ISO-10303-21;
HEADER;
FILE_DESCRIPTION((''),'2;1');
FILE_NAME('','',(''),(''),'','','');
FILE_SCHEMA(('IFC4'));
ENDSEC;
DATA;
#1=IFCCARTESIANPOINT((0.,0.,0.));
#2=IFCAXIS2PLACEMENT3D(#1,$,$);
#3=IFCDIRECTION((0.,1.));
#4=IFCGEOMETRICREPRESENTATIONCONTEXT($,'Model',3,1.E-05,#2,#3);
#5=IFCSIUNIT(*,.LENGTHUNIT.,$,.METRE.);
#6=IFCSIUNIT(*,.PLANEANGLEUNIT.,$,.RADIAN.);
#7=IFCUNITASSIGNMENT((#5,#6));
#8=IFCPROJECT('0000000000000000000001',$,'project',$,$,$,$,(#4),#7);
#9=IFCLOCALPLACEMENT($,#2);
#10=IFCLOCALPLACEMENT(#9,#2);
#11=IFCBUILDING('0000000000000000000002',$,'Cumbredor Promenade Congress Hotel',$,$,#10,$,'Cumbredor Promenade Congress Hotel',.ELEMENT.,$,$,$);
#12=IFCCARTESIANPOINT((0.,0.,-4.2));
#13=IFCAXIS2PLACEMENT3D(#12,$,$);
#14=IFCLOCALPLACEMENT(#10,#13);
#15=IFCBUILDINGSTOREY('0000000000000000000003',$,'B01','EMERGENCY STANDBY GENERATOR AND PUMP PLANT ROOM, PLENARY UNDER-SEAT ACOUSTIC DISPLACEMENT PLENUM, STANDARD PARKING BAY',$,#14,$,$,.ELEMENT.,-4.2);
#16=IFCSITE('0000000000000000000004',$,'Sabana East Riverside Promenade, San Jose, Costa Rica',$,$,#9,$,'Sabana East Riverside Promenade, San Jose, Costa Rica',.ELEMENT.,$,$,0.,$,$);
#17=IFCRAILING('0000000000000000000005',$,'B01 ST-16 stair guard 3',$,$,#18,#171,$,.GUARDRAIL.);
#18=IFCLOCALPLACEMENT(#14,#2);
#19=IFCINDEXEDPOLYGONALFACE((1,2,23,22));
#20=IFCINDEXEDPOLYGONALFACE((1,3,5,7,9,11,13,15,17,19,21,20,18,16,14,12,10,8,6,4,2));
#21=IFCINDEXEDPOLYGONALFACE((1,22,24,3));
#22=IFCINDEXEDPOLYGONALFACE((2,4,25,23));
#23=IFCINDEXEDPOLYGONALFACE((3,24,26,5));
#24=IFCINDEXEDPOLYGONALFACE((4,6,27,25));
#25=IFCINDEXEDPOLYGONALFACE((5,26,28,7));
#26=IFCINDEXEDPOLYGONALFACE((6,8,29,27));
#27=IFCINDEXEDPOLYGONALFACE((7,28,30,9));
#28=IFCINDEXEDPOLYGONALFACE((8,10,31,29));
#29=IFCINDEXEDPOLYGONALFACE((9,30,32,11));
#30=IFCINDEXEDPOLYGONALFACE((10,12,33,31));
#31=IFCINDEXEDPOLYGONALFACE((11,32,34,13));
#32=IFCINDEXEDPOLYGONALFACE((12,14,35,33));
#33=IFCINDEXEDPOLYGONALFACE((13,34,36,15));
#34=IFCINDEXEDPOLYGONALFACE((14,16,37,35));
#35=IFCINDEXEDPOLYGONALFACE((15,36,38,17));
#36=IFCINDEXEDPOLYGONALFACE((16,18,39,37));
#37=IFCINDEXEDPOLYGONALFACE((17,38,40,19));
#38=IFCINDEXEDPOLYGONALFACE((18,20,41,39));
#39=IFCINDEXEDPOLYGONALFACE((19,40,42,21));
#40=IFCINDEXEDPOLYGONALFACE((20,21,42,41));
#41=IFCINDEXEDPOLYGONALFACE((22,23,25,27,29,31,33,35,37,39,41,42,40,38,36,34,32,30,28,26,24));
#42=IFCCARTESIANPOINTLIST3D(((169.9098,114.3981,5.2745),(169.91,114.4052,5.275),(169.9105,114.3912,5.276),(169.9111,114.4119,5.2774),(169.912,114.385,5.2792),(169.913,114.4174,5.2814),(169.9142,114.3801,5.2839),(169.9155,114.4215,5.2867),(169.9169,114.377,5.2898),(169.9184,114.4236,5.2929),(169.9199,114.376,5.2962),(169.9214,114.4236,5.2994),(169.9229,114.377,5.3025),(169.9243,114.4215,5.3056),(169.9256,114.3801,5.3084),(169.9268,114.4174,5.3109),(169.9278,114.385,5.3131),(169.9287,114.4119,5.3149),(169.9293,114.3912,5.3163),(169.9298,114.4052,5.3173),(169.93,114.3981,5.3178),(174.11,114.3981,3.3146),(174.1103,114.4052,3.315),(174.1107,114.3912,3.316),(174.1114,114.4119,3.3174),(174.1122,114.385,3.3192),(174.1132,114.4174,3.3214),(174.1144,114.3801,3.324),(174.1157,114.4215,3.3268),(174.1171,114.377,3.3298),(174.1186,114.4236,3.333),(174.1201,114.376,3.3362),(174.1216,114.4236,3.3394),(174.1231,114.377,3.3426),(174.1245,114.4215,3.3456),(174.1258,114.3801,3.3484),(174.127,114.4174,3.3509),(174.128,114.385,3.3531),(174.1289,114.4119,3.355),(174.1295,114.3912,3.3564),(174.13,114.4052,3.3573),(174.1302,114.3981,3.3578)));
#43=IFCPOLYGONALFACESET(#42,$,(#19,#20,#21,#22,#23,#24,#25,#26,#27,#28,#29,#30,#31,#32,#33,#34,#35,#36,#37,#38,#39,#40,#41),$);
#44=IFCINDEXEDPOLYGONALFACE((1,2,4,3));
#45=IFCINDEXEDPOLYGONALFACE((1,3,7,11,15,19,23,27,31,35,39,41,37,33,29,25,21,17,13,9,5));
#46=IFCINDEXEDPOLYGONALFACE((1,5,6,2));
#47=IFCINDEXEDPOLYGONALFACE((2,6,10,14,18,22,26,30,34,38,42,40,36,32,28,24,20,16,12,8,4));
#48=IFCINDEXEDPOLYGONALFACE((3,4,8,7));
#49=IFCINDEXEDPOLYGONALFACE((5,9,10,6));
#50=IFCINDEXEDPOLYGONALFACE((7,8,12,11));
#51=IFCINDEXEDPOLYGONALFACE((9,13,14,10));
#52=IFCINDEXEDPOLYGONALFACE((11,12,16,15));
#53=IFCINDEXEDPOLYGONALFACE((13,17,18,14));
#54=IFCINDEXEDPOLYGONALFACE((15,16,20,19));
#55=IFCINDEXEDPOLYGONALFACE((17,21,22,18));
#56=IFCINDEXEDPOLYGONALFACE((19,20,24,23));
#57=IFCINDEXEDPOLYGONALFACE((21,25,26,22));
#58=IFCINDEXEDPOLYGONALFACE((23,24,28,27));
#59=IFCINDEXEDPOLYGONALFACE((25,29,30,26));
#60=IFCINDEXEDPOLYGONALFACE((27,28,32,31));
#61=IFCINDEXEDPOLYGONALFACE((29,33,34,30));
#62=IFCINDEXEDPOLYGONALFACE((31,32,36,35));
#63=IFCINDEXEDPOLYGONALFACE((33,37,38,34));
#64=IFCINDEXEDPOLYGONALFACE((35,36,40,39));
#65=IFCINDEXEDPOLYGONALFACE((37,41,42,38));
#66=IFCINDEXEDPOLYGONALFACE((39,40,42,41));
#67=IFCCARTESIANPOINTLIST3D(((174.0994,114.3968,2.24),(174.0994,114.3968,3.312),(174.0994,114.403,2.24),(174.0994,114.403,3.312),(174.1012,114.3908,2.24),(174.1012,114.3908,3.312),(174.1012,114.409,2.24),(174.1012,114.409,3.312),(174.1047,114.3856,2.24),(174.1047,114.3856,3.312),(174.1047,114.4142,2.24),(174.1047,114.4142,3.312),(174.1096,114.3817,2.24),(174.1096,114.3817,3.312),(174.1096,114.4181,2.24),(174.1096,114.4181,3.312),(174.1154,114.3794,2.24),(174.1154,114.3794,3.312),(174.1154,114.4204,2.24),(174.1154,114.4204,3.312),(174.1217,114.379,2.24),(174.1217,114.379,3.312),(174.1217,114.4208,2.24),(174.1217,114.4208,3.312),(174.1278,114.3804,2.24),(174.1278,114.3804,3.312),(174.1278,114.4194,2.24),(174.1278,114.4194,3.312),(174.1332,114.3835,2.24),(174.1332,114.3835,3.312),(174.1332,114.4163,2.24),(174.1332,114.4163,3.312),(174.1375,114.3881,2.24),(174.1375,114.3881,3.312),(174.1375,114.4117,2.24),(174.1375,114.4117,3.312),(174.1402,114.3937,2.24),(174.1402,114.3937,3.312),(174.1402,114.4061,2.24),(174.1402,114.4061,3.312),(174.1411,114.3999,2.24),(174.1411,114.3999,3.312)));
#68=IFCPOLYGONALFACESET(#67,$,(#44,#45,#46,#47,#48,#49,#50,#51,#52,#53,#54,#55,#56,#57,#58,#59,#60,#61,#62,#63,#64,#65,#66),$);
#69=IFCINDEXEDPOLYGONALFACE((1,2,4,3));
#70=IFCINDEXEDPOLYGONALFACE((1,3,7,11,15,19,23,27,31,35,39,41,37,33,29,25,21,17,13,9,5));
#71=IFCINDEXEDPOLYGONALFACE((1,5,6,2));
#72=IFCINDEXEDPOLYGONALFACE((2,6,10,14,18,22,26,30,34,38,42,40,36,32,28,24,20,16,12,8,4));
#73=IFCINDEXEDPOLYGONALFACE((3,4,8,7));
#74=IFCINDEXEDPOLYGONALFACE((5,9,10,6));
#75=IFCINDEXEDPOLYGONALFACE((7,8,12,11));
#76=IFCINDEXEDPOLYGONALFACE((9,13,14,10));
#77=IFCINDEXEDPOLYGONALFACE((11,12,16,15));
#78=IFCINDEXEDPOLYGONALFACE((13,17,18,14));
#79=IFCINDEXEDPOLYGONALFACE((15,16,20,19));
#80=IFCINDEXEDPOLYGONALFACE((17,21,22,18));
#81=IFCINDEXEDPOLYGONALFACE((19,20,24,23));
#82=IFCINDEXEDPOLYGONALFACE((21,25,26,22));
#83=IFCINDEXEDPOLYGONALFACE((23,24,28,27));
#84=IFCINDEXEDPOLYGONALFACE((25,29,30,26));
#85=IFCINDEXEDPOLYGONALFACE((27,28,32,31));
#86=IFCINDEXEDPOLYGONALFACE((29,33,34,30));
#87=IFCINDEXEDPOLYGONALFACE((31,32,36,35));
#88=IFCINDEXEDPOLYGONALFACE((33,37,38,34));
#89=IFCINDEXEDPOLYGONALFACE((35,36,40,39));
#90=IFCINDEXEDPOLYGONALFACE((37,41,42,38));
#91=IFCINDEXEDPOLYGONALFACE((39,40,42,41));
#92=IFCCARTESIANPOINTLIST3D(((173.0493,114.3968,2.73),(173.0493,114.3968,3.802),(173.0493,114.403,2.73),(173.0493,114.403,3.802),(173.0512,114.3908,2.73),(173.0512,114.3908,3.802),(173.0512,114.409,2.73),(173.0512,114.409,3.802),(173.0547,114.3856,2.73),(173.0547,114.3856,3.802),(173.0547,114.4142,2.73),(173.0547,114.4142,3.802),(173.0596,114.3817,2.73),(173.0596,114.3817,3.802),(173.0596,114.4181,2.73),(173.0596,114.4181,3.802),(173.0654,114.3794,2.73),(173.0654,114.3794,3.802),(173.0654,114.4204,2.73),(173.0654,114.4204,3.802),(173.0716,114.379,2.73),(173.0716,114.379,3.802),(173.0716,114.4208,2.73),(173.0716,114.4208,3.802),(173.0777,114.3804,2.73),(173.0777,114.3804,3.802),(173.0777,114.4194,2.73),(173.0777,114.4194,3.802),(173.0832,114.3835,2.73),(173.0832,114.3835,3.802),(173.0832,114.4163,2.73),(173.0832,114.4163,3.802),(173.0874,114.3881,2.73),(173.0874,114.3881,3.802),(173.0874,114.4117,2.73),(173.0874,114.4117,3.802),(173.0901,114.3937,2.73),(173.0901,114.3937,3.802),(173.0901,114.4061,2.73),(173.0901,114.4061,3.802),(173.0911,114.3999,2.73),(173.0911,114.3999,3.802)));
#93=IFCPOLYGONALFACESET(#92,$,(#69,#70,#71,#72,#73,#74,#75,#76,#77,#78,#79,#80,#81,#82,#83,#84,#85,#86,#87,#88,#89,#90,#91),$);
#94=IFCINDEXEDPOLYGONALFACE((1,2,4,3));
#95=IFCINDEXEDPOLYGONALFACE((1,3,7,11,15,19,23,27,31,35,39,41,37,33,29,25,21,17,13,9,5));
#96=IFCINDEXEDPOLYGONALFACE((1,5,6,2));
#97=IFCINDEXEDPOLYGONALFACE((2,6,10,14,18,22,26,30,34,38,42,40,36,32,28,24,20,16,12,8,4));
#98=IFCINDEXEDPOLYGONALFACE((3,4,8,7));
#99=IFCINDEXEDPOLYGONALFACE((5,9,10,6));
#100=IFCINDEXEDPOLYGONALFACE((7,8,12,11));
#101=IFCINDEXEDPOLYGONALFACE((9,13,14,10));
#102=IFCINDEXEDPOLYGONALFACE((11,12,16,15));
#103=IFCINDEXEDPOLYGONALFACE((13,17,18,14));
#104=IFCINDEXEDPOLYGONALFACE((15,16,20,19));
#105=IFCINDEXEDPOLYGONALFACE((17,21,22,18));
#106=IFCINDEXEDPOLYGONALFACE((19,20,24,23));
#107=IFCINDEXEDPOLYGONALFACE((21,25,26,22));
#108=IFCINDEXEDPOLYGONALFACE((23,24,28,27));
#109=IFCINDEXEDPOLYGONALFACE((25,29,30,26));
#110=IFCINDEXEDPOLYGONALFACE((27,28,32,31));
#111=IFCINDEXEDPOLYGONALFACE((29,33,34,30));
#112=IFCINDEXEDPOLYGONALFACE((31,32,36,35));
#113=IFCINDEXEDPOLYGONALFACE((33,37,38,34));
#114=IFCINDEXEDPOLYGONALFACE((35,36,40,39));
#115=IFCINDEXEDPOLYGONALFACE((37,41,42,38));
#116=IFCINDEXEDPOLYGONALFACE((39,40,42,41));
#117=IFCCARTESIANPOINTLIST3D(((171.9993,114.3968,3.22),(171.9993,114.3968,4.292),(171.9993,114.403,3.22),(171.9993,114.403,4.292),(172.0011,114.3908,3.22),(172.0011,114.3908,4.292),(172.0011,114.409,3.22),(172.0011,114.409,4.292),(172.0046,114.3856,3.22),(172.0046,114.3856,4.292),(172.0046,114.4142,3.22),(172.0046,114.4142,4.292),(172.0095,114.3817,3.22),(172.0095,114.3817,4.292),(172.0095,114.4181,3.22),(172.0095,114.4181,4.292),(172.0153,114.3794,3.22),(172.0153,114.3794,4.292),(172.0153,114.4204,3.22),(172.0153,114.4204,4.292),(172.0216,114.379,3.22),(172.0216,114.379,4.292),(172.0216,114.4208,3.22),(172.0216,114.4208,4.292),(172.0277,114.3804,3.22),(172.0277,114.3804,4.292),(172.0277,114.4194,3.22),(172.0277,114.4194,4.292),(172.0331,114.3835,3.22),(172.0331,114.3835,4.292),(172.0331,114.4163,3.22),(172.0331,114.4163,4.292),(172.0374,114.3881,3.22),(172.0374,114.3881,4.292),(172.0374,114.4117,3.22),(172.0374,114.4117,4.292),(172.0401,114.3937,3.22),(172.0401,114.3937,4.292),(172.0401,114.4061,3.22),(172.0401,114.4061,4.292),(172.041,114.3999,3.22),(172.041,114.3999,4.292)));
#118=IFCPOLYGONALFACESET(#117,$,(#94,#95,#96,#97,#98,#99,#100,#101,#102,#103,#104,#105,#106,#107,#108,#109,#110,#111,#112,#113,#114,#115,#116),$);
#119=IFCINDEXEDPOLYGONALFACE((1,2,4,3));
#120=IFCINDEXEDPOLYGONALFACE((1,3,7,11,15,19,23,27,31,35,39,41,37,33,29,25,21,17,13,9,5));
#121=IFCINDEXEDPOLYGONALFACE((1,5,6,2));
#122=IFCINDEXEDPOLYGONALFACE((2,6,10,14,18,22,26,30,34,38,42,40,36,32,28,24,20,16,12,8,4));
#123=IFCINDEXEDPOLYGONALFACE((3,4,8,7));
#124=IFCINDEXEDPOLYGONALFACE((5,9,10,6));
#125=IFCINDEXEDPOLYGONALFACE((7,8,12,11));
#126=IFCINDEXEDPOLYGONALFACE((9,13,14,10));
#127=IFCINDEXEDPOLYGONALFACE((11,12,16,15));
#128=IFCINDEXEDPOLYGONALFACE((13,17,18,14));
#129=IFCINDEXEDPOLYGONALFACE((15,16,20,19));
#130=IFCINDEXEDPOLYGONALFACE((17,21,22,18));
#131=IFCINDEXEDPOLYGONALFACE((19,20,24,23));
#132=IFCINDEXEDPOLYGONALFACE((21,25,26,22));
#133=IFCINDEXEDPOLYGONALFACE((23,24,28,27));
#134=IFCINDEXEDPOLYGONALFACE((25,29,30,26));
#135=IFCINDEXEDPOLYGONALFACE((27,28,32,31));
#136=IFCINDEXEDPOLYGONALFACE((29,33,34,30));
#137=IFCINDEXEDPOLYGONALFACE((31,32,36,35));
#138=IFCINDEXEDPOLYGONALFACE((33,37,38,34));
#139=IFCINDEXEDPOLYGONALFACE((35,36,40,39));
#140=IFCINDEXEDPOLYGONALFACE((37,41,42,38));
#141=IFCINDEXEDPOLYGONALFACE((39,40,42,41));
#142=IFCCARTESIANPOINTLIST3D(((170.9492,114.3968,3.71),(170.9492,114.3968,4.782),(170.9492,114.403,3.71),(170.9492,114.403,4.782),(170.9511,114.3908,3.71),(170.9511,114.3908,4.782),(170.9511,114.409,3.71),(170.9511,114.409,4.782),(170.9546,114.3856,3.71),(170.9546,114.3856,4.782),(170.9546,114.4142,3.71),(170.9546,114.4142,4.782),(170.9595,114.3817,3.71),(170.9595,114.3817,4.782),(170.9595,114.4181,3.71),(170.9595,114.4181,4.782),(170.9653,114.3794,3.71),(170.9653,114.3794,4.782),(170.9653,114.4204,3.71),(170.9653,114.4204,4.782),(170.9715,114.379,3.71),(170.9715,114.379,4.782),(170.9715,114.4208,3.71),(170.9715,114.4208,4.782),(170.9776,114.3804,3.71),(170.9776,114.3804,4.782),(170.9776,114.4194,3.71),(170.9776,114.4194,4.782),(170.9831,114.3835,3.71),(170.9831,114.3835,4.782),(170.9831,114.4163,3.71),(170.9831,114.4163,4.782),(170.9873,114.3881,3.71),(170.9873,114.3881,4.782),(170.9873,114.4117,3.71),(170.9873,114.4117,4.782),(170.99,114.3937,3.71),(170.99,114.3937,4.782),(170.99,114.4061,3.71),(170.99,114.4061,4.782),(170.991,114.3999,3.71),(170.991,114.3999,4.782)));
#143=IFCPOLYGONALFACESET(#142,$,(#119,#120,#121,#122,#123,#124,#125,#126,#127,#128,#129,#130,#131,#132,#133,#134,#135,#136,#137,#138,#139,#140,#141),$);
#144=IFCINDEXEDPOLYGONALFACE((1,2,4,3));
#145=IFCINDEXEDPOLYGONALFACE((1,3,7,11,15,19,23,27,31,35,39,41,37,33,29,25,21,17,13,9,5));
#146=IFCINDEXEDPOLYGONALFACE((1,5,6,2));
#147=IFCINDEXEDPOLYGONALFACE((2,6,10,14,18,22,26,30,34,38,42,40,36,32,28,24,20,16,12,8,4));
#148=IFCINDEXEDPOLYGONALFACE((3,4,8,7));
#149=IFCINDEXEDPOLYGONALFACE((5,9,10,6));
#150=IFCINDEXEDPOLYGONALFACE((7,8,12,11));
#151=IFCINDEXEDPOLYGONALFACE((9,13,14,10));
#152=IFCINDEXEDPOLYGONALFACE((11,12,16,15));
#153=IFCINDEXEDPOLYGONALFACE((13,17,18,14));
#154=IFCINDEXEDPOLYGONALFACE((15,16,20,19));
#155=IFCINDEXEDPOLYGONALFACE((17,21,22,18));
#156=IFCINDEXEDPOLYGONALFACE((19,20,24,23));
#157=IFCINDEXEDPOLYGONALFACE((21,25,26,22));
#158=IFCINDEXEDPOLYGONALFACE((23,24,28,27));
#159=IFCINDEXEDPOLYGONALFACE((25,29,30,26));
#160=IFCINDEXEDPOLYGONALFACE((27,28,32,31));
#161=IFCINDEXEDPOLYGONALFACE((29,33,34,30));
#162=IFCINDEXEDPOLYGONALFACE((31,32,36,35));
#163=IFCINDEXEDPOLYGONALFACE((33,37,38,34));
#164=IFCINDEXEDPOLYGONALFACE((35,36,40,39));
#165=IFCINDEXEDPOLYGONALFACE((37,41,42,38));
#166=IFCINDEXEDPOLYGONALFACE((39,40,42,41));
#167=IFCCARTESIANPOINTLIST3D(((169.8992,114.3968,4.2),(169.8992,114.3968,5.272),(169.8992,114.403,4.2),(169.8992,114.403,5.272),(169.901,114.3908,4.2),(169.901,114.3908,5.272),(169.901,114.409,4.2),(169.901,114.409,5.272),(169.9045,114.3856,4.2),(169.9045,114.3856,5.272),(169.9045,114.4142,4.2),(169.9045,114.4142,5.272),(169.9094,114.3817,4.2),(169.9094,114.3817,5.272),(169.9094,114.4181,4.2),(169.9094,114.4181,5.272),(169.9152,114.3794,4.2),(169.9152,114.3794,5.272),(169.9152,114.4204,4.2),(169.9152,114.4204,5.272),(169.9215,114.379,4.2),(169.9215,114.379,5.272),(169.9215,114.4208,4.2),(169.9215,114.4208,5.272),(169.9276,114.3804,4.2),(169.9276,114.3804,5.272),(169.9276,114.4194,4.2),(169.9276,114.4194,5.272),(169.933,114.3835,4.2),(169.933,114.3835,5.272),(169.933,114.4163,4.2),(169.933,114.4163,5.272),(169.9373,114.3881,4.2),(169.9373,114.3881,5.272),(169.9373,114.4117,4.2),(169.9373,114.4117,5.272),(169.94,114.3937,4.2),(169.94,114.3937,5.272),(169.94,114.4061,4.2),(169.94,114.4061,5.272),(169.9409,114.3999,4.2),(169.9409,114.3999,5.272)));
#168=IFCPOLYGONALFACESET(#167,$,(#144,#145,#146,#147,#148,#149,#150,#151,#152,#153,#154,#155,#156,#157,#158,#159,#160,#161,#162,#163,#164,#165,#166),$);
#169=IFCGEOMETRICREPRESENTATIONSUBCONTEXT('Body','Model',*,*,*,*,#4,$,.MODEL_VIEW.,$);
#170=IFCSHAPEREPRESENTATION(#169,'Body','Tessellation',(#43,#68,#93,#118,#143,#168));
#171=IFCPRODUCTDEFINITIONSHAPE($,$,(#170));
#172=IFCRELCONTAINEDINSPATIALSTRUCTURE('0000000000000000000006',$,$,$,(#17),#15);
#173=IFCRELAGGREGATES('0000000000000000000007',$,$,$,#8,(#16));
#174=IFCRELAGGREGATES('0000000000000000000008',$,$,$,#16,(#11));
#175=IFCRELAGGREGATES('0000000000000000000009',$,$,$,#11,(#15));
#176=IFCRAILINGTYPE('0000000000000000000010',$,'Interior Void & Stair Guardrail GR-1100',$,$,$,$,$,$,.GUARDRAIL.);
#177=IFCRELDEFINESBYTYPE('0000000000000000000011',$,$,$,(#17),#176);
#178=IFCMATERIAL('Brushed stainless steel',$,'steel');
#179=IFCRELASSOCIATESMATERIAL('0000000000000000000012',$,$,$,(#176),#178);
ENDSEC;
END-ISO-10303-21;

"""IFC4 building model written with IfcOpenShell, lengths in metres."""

from ifc_helpers import new_model, si_unit, direction, frame, origin, origin_2d, place, context, subcontext, project, spatial, circle, extrude, material, type_object, element, save


model = new_model("IFC4")

# Units and contexts
model_context = context("Model", 3, precision=1e-05, world=origin(), true_north=direction((0.0, 1.0)))
body_context = subcontext(model_context, "Body", "Model", "MODEL_VIEW")
ifc_project = project(units=[si_unit("LENGTHUNIT", "METRE"), si_unit("PLANEANGLEUNIT", "RADIAN")], contexts=[model_context])

# Site, building, storey
site_placement = place(None, origin())
site = spatial("IfcSite", under=ifc_project, at=site_placement, Name="Sabana East Riverside Promenade, San Jose, Costa Rica", LongName="Sabana East Riverside Promenade, San Jose, Costa Rica", CompositionType="ELEMENT", RefElevation=0.0)
building_placement = place(site_placement, origin())
building = spatial("IfcBuilding", under=site, at=building_placement, Name="Cumbredor Promenade Congress Hotel", LongName="Cumbredor Promenade Congress Hotel", CompositionType="ELEMENT")
storey_placement = place(building_placement, frame((0.0, 0.0, -4.2)))
storey = spatial("IfcBuildingStorey", under=building, at=storey_placement, Name="B01", Description="EMERGENCY STANDBY GENERATOR AND PUMP PLANT ROOM, PLENARY UNDER-SEAT ACOUSTIC DISPLACEMENT PLENUM, STANDARD PARKING BAY", CompositionType="ELEMENT", Elevation=-4.2)

# Railing
ifc_material_1 = material(Name="Brushed stainless steel", Category="steel")
railing_type_1 = type_object("IfcRailingType", Name="Interior Void & Stair Guardrail GR-1100", PredefinedType="GUARDRAIL", material=ifc_material_1)
railing_1_placement = place(storey_placement, frame((174.1201, 114.3999, 2.24)))
element("IfcRailing", 1, at=railing_1_placement, inside=storey, type_object=railing_type_1, Name="B01 ST-16 stair guard 3", PredefinedType="GUARDRAIL", context=body_context, shape_type="SweptSolid", body=[
    extrude(circle(Radius=0.0239, at=origin_2d()), frame((0.0, 0.0, 1.0962), z_axis=(-0.906194, 0.0, 0.422862), x_axis=(0.0, -1.0, 0.0)), (0.0, 0.0, 1.0), 4.635),
    extrude(circle(Radius=0.021, at=origin_2d()), origin(), (0.0, 0.0, 1.0), 1.072),
    extrude(circle(Radius=0.021, at=origin_2d()), frame((-1.05, 0.0, 0.49)), (0.0, 0.0, 1.0), 1.072),
    extrude(circle(Radius=0.021, at=origin_2d()), frame((-2.1001, 0.0, 0.98)), (0.0, 0.0, 1.0), 1.072),
    extrude(circle(Radius=0.021, at=origin_2d()), frame((-3.1501, 0.0, 1.47)), (0.0, 0.0, 1.0), 1.072),
    extrude(circle(Radius=0.021, at=origin_2d()), frame((-4.2002, 0.0, 1.96)), (0.0, 0.0, 1.0), 1.072),
])

save(model, "model.ifc")
